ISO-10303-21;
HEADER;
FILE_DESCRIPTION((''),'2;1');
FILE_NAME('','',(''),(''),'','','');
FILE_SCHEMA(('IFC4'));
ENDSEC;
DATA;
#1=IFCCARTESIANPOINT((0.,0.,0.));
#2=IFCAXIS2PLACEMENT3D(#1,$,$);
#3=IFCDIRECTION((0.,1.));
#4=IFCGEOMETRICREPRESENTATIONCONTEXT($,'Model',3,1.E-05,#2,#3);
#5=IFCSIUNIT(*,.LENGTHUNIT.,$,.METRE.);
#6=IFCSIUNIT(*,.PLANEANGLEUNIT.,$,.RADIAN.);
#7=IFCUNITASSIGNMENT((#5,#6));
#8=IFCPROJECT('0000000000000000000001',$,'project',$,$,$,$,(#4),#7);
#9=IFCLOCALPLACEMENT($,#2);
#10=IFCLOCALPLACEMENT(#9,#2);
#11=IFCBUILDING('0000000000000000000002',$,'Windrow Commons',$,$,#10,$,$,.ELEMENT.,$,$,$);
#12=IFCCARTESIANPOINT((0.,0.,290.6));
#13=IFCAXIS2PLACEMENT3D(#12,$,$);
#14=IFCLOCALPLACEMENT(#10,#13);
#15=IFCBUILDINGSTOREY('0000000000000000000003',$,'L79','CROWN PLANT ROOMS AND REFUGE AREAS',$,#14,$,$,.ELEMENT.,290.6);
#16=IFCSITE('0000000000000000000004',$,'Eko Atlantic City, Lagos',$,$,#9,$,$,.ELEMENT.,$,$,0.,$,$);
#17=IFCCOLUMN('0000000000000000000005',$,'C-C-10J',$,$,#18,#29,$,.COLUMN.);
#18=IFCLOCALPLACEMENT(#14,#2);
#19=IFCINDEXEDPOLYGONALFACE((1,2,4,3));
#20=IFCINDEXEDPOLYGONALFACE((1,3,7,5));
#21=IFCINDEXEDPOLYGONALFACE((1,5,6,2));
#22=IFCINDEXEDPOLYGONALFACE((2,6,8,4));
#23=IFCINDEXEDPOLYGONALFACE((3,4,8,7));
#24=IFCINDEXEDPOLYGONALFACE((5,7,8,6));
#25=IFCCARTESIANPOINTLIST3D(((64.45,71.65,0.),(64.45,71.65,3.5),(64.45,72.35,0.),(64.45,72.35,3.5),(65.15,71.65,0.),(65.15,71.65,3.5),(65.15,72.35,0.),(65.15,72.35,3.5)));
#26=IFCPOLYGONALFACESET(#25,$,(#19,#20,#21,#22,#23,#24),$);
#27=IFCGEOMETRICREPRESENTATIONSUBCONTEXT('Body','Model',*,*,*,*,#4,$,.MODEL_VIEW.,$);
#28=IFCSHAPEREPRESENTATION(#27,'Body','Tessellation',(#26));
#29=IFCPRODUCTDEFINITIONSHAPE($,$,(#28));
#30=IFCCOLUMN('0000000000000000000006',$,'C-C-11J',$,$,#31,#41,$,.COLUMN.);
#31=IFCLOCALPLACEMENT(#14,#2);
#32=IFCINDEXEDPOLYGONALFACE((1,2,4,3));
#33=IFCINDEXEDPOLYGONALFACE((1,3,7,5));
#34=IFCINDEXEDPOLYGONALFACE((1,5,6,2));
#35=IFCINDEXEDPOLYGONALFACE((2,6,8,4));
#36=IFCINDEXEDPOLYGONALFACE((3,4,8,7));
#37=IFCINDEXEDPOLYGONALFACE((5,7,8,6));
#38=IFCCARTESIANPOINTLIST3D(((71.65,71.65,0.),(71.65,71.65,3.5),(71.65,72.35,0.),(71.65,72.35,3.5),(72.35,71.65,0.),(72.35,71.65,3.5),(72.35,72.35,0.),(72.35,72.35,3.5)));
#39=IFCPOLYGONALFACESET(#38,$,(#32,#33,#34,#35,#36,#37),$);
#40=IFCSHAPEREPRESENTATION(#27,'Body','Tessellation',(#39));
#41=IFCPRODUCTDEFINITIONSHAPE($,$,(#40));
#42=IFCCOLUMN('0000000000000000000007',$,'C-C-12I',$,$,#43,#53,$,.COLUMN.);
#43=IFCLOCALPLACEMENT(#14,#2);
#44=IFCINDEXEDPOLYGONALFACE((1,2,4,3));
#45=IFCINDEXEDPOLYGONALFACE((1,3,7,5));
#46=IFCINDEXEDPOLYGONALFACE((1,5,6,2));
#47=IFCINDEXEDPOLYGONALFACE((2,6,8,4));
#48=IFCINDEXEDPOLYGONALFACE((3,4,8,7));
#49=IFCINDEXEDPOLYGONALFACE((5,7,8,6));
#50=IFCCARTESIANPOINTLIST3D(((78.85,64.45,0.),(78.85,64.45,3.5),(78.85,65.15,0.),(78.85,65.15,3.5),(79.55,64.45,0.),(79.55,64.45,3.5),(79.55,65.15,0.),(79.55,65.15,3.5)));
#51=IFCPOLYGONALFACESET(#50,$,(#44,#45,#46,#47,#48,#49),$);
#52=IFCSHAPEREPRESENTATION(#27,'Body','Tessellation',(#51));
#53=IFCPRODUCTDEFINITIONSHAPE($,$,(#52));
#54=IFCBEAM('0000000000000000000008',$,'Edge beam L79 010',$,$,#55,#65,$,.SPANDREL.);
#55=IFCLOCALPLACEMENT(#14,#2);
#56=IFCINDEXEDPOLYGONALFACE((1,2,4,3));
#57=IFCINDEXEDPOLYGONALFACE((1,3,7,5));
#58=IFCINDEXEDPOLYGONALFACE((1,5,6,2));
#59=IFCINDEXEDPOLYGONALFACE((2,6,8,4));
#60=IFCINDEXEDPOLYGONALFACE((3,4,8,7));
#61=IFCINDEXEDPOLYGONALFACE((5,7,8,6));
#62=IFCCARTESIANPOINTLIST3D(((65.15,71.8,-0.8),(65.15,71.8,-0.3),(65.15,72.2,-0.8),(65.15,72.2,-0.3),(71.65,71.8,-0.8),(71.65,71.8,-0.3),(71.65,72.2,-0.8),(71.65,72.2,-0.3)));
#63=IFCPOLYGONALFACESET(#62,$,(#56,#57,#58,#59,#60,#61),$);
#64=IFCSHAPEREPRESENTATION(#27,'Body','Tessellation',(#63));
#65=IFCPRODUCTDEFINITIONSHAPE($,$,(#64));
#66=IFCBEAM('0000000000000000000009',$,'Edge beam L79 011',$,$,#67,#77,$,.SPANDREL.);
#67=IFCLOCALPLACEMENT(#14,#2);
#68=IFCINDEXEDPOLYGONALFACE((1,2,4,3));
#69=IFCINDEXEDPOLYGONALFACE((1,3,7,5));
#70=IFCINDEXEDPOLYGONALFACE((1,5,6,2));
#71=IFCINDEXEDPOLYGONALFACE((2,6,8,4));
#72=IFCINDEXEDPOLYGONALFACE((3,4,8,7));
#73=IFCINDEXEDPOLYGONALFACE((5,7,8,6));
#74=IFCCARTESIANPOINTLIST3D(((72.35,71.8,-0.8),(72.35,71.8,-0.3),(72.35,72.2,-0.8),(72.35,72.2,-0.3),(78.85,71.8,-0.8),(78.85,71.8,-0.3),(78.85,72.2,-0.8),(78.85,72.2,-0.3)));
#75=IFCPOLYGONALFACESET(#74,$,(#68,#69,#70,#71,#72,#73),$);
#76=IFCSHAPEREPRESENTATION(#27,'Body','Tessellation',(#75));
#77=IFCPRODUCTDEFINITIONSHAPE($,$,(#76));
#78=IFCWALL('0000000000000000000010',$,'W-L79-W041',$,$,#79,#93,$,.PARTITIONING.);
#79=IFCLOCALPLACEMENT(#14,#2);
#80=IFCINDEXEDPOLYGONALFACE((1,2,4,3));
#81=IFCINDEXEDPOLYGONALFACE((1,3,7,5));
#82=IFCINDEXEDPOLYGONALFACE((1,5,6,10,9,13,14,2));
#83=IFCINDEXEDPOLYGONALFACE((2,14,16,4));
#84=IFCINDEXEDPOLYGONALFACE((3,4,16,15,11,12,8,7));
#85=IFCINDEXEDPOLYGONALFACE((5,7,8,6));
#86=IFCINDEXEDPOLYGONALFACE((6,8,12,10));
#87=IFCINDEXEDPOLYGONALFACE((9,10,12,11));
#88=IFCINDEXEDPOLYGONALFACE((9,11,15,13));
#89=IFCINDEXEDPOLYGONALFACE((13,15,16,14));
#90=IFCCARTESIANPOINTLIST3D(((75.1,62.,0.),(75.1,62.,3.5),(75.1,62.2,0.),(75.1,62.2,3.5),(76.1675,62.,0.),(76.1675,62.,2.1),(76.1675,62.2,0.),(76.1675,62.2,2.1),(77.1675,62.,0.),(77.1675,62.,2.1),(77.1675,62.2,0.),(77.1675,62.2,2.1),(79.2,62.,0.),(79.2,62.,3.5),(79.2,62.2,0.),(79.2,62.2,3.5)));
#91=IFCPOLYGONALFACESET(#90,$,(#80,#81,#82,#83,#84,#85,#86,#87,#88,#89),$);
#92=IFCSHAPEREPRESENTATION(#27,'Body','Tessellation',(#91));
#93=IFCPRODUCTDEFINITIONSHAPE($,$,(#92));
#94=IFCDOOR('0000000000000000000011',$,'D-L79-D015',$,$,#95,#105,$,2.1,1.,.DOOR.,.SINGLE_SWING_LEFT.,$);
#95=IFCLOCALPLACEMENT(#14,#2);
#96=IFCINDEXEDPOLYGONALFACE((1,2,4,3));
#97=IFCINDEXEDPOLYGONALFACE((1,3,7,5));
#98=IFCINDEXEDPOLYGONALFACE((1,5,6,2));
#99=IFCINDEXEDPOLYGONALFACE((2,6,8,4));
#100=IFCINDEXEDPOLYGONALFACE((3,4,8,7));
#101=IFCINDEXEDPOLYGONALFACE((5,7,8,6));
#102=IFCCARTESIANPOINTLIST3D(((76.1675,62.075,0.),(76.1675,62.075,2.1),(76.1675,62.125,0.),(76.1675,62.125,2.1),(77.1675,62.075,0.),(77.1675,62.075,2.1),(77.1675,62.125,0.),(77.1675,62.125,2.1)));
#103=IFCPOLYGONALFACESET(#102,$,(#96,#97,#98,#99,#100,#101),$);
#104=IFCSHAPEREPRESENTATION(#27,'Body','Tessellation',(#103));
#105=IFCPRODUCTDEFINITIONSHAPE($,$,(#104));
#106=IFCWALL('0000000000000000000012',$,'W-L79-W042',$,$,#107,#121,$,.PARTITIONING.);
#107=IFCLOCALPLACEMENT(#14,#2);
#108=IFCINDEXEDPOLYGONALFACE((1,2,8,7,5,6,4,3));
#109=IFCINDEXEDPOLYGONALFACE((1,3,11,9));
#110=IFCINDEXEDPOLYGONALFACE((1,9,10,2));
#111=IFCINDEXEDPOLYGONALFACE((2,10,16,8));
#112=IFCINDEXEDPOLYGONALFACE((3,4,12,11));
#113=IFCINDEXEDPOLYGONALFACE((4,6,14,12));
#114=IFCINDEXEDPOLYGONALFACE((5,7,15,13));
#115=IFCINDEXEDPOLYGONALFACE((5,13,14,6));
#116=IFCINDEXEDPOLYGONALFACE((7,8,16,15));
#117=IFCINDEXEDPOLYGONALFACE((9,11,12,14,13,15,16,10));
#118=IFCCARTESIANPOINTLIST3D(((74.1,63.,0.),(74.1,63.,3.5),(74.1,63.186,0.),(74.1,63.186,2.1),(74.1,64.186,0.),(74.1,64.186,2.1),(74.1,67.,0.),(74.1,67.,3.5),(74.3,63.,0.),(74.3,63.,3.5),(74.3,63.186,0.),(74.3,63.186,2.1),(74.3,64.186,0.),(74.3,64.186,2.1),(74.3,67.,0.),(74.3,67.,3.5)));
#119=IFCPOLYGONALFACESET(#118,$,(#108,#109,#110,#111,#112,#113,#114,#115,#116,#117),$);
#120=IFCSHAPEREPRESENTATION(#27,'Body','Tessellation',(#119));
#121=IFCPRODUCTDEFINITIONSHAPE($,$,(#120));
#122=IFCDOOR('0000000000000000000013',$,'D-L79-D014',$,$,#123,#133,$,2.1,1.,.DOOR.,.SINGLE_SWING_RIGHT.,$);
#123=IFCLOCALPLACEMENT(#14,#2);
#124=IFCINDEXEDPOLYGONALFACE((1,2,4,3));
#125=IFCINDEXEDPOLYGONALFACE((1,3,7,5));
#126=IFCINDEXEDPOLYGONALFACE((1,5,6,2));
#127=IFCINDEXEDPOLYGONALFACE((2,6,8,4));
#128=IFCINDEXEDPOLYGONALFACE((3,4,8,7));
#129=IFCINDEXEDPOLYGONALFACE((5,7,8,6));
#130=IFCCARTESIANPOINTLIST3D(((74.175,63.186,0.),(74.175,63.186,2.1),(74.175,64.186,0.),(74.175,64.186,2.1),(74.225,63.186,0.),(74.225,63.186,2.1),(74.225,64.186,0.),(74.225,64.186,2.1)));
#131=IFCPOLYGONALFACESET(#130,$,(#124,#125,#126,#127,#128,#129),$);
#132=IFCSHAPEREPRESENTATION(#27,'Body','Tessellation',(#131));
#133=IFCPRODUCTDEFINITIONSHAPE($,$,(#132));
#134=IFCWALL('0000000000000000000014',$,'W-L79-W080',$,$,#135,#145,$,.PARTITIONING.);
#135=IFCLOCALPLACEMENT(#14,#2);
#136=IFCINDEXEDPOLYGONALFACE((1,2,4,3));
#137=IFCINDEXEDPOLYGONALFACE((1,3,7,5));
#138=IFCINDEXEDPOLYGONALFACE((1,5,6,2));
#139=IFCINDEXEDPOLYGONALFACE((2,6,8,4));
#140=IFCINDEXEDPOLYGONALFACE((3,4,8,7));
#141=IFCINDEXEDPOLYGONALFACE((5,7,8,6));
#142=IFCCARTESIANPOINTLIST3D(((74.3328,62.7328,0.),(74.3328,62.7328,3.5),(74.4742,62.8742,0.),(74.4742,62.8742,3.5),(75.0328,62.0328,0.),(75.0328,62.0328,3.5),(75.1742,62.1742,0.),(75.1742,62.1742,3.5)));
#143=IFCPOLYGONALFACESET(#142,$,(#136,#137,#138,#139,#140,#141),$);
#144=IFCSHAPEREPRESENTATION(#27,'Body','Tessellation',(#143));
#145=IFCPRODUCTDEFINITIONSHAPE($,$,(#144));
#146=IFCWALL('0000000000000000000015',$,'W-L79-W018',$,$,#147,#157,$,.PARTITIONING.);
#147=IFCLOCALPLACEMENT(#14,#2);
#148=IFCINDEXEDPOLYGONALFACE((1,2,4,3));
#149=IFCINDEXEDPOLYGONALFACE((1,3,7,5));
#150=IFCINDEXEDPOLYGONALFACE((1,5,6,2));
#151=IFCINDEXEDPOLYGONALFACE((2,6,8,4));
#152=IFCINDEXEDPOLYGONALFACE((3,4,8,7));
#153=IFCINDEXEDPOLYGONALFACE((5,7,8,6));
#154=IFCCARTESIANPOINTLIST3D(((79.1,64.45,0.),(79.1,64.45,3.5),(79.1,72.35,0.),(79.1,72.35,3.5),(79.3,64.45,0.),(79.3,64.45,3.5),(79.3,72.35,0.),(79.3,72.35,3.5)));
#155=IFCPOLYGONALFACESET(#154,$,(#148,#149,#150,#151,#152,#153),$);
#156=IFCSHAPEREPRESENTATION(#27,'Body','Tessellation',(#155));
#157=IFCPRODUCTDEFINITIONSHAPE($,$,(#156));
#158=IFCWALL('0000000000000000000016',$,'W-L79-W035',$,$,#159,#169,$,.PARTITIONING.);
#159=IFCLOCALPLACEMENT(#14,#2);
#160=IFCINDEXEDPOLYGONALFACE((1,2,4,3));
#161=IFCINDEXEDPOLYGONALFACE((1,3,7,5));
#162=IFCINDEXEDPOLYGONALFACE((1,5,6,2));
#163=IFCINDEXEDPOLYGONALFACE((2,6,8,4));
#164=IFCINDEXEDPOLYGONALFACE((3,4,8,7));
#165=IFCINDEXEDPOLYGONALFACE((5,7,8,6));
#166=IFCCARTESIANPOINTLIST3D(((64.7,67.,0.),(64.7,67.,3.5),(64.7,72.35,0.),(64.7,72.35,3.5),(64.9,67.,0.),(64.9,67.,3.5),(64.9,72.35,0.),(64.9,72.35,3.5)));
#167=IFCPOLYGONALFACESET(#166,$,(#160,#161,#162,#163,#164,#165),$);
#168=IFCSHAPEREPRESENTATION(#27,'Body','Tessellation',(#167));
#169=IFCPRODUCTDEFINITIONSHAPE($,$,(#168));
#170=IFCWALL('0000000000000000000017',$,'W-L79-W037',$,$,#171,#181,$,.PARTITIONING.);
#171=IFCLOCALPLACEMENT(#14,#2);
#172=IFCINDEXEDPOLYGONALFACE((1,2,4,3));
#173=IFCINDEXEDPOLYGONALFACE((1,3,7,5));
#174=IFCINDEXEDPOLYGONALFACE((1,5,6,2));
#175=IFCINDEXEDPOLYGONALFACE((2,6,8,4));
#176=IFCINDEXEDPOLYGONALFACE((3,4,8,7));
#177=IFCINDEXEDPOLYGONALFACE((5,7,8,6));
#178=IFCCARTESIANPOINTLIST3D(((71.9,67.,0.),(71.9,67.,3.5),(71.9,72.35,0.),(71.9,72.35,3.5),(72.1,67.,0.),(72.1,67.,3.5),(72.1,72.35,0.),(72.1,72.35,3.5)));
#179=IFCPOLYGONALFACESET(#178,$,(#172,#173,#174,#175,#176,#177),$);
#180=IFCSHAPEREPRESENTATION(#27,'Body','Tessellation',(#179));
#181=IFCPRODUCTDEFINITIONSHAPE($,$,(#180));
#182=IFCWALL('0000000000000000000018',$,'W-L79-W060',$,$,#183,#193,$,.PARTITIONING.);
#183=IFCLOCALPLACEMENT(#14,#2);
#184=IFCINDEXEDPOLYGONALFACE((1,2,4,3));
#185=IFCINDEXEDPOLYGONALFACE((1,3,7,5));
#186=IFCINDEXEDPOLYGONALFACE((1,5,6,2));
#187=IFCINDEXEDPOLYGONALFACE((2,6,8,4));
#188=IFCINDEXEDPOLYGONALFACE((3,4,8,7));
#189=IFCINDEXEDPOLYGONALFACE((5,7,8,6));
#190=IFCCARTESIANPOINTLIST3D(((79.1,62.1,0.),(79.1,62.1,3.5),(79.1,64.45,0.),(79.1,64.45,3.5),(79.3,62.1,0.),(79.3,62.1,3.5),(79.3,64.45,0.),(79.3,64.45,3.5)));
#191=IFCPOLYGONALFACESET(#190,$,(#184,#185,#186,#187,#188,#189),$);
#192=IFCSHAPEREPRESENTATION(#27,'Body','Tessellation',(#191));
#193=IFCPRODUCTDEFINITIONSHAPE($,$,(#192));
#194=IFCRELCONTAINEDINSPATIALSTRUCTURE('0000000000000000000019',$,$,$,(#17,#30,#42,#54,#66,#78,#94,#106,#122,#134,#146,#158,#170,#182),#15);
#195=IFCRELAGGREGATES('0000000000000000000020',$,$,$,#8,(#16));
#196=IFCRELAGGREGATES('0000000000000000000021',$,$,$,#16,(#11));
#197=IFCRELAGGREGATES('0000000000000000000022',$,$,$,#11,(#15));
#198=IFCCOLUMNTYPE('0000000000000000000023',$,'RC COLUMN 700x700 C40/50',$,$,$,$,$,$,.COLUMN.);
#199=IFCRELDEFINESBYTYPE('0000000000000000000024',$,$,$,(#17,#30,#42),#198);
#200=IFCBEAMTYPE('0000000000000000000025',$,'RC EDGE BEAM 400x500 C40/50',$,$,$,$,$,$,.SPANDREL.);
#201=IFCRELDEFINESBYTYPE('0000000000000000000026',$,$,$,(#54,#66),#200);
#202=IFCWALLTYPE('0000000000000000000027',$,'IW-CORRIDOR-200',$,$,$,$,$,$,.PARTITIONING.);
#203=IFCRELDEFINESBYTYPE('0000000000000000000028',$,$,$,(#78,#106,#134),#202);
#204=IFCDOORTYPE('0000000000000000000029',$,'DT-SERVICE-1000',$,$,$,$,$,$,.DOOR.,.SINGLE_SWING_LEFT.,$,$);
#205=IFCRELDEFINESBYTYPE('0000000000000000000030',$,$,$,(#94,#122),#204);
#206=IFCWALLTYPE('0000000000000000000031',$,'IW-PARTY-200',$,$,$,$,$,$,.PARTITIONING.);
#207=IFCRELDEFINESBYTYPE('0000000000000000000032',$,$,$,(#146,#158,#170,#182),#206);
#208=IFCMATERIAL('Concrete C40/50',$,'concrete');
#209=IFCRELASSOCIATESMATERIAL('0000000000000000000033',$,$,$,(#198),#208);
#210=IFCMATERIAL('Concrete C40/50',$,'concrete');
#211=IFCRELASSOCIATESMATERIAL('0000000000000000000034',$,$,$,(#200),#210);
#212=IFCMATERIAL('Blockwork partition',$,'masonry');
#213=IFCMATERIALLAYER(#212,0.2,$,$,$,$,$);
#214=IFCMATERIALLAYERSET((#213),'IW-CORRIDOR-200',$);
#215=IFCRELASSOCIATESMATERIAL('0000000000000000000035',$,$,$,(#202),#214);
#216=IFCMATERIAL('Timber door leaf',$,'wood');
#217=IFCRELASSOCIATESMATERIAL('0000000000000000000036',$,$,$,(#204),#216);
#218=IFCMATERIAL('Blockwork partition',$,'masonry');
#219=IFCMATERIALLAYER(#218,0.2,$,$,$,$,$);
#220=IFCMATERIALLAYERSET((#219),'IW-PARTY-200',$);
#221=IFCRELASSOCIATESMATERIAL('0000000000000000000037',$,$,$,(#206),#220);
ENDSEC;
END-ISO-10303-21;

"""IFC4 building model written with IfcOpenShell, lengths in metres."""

from ifc_helpers import new_model, si_unit, direction, frame, frame_2d, origin, origin_2d, place, context, subcontext, project, spatial, rectangle, extrude, material, layer, layer_set, material_profile, profile_set, type_object, element, fill, save


model = new_model("IFC4")

# Units and contexts
model_context = context("Model", 3, precision=1e-05, world=origin(), true_north=direction((0.0, 1.0)))
body_context = subcontext(model_context, "Body", "Model", "MODEL_VIEW")
ifc_project = project(units=[si_unit("LENGTHUNIT", "METRE"), si_unit("PLANEANGLEUNIT", "RADIAN")], contexts=[model_context])

# Site, building, storey
site_placement = place(None, origin())
site = spatial("IfcSite", under=ifc_project, at=site_placement, Name="Eko Atlantic City, Lagos", CompositionType="ELEMENT", RefElevation=0.0)
building_placement = place(site_placement, origin())
building = spatial("IfcBuilding", under=site, at=building_placement, Name="Windrow Commons", CompositionType="ELEMENT")
storey_placement = place(building_placement, frame((0.0, 0.0, 290.6)))
storey = spatial("IfcBuildingStorey", under=building, at=storey_placement, Name="L79", Description="CROWN PLANT ROOMS AND REFUGE AREAS", CompositionType="ELEMENT", Elevation=290.6)

# Columns
ifc_material_1 = material(Name="Concrete C40/50", Category="concrete")
ifc_material_profile_1 = material_profile(ifc_material_1, rectangle(XDim=0.7, YDim=0.7, at=origin_2d()))
ifc_profile_set_1 = profile_set([ifc_material_profile_1], Name="Concrete C40/50")
column_type = type_object("IfcColumnType", Name="RC COLUMN 700x700 C40/50", PredefinedType="COLUMN", material=ifc_profile_set_1)
for number, where, z_axis, x_axis, name in (
    (1, (64.8, 72.0, 0.0), (0.0, 0.0, 1.0), (1.0, 0.0, 0.0), "C-C-10J"),
    (2, (72.0, 72.0, 0.0), (0.0, 0.0, 1.0), (1.0, 0.0, 0.0), "C-C-11J"),
    (3, (79.2, 64.8, 0.0), (0.0, 0.0, 1.0), (1.0, 0.0, 0.0), "C-C-12I"),
):
    element("IfcColumn", number, at=place(storey_placement, frame(where, z_axis=z_axis, x_axis=x_axis)), inside=storey, type_object=column_type, Name=name, PredefinedType="COLUMN", context=body_context, shape_type="SweptSolid", body=[
        extrude(rectangle(XDim=0.7, YDim=0.7, at=origin_2d()), origin(), (0.0, 0.0, 1.0), 3.5),
    ])

# Beams
ifc_material_2 = material(Name="Concrete C40/50", Category="concrete")
ifc_material_profile_2 = material_profile(ifc_material_2, rectangle(XDim=0.4, YDim=0.5, at=origin_2d()))
ifc_profile_set_2 = profile_set([ifc_material_profile_2], Name="Concrete C40/50")
beam_type = type_object("IfcBeamType", Name="RC EDGE BEAM 400x500 C40/50", PredefinedType="SPANDREL", material=ifc_profile_set_2)
for number, where, z_axis, x_axis, name in (
    (4, (65.15, 72.0, -0.55), (1.0, 0.0, 0.0), (0.0, 1.0, 0.0), "Edge beam L79 010"),
    (5, (72.35, 72.0, -0.55), (1.0, 0.0, 0.0), (0.0, 1.0, 0.0), "Edge beam L79 011"),
):
    element("IfcBeam", number, at=place(storey_placement, frame(where, z_axis=z_axis, x_axis=x_axis)), inside=storey, type_object=beam_type, Name=name, PredefinedType="SPANDREL", context=body_context, shape_type="SweptSolid", body=[
        extrude(rectangle(XDim=0.4, YDim=0.5, at=origin_2d()), origin(), (0.0, 0.0, 1.0), 6.5),
    ])

# Walls, openings, doors
ifc_material_3 = material(Name="Blockwork partition", Category="masonry")
ifc_layer_1 = layer(ifc_material_3, 0.2)
ifc_layer_set_1 = layer_set([ifc_layer_1], Name="IW-CORRIDOR-200")
wall_type_1 = type_object("IfcWallType", Name="IW-CORRIDOR-200", PredefinedType="PARTITIONING", material=ifc_layer_set_1)
wall_1_placement = place(storey_placement, frame((75.1, 62.1, 0.0), z_axis=(0.0, 0.0, 1.0), x_axis=(1.0, 0.0, 0.0)))
wall_1 = element("IfcWall", 6, at=wall_1_placement, inside=storey, type_object=wall_type_1, Name="W-L79-W041", PredefinedType="PARTITIONING", context=body_context, shape_type="SweptSolid", body=[
    extrude(rectangle(XDim=4.1, YDim=0.2, at=frame_2d((2.05, 0.0))), origin(), (0.0, 0.0, 1.0), 3.5),
])
opening_1_placement = place(wall_1_placement, frame((1.0675, 0.0, 0.0)))
opening_1 = element("IfcOpeningElement", 7, at=opening_1_placement, cuts=wall_1, PredefinedType="OPENING", context=body_context, shape_type="SweptSolid", body=[
    extrude(rectangle(XDim=1.0, YDim=2.1, at=frame_2d((0.5, 1.05))), frame((0.0, 0.11, 0.0), z_axis=(0.0, -1.0, 0.0), x_axis=(1.0, 0.0, 0.0)), (0.0, 0.0, 1.0), 0.22),
])
ifc_material_4 = material(Name="Timber door leaf", Category="wood")
door_type = type_object("IfcDoorType", Name="DT-SERVICE-1000", OperationType="SINGLE_SWING_LEFT", PredefinedType="DOOR", material=ifc_material_4)
door_1_placement = place(opening_1_placement, origin())
door_1 = element("IfcDoor", 8, at=door_1_placement, inside=storey, type_object=door_type, Name="D-L79-D015", OperationType="SINGLE_SWING_LEFT", OverallHeight=2.1, OverallWidth=1.0, PredefinedType="DOOR", context=body_context, shape_type="SweptSolid", body=[
    extrude(rectangle(XDim=1.0, YDim=2.1, at=frame_2d((0.5, 1.05))), frame((0.0, 0.025, 0.0), z_axis=(0.0, -1.0, 0.0), x_axis=(1.0, 0.0, 0.0)), (0.0, 0.0, 1.0), 0.05),
])
fill(opening_1, door_1)
wall_2_placement = place(storey_placement, frame((74.2, 63.0, 0.0), z_axis=(0.0, 0.0, 1.0), x_axis=(0.0, 1.0, 0.0)))
wall_2 = element("IfcWall", 9, at=wall_2_placement, inside=storey, type_object=wall_type_1, Name="W-L79-W042", PredefinedType="PARTITIONING", context=body_context, shape_type="SweptSolid", body=[
    extrude(rectangle(XDim=4.0, YDim=0.2, at=frame_2d((2.0, 0.0))), origin(), (0.0, 0.0, 1.0), 3.5),
])
opening_2_placement = place(wall_2_placement, frame((0.186, 0.0, 0.0)))
opening_2 = element("IfcOpeningElement", 10, at=opening_2_placement, cuts=wall_2, PredefinedType="OPENING", context=body_context, shape_type="SweptSolid", body=[
    extrude(rectangle(XDim=1.0, YDim=2.1, at=frame_2d((0.5, 1.05))), frame((0.0, 0.11, 0.0), z_axis=(0.0, -1.0, 0.0), x_axis=(1.0, 0.0, 0.0)), (0.0, 0.0, 1.0), 0.22),
])
door_2_placement = place(opening_2_placement, origin())
door_2 = element("IfcDoor", 11, at=door_2_placement, inside=storey, type_object=door_type, Name="D-L79-D014", OperationType="SINGLE_SWING_RIGHT", OverallHeight=2.1, OverallWidth=1.0, PredefinedType="DOOR", context=body_context, shape_type="SweptSolid", body=[
    extrude(rectangle(XDim=1.0, YDim=2.1, at=frame_2d((0.5, 1.05))), frame((0.0, 0.025, 0.0), z_axis=(0.0, -1.0, 0.0), x_axis=(1.0, 0.0, 0.0)), (0.0, 0.0, 1.0), 0.05),
])
fill(opening_2, door_2)

# Walls
wall_3_placement = place(storey_placement, frame((74.4035, 62.8035, 0.0), z_axis=(0.0, 0.0, 1.0), x_axis=(0.707107, -0.707107, 0.0)))
element("IfcWall", 12, at=wall_3_placement, inside=storey, type_object=wall_type_1, Name="W-L79-W080", PredefinedType="PARTITIONING", context=body_context, shape_type="SweptSolid", body=[
    extrude(rectangle(XDim=0.9899, YDim=0.2, at=frame_2d((0.495, 0.0))), origin(), (0.0, 0.0, 1.0), 3.5),
])
ifc_material_5 = material(Name="Blockwork partition", Category="masonry")
ifc_layer_2 = layer(ifc_material_5, 0.2)
ifc_layer_set_2 = layer_set([ifc_layer_2], Name="IW-PARTY-200")
wall_type_2 = type_object("IfcWallType", Name="IW-PARTY-200", PredefinedType="PARTITIONING", material=ifc_layer_set_2)
wall_4_placement = place(storey_placement, frame((79.2, 64.45, 0.0), z_axis=(0.0, 0.0, 1.0), x_axis=(0.0, 1.0, 0.0)))
element("IfcWall", 13, at=wall_4_placement, inside=storey, type_object=wall_type_2, Name="W-L79-W018", PredefinedType="PARTITIONING", context=body_context, shape_type="SweptSolid", body=[
    extrude(rectangle(XDim=7.9, YDim=0.2, at=frame_2d((3.95, 0.0))), origin(), (0.0, 0.0, 1.0), 3.5),
])
for number, where, z_axis, x_axis, name in (
    (14, (64.8, 67.0, 0.0), (0.0, 0.0, 1.0), (0.0, 1.0, 0.0), "W-L79-W035"),
    (15, (72.0, 67.0, 0.0), (0.0, 0.0, 1.0), (0.0, 1.0, 0.0), "W-L79-W037"),
):
    element("IfcWall", number, at=place(storey_placement, frame(where, z_axis=z_axis, x_axis=x_axis)), inside=storey, type_object=wall_type_2, Name=name, PredefinedType="PARTITIONING", context=body_context, shape_type="SweptSolid", body=[
        extrude(rectangle(XDim=5.35, YDim=0.2, at=frame_2d((2.675, 0.0))), origin(), (0.0, 0.0, 1.0), 3.5),
    ])
wall_5_placement = place(storey_placement, frame((79.2, 62.1, 0.0), z_axis=(0.0, 0.0, 1.0), x_axis=(0.0, 1.0, 0.0)))
element("IfcWall", 16, at=wall_5_placement, inside=storey, type_object=wall_type_2, Name="W-L79-W060", PredefinedType="PARTITIONING", context=body_context, shape_type="SweptSolid", body=[
    extrude(rectangle(XDim=2.35, YDim=0.2, at=frame_2d((1.175, 0.0))), origin(), (0.0, 0.0, 1.0), 3.5),
])

save(model, "model.ifc")
